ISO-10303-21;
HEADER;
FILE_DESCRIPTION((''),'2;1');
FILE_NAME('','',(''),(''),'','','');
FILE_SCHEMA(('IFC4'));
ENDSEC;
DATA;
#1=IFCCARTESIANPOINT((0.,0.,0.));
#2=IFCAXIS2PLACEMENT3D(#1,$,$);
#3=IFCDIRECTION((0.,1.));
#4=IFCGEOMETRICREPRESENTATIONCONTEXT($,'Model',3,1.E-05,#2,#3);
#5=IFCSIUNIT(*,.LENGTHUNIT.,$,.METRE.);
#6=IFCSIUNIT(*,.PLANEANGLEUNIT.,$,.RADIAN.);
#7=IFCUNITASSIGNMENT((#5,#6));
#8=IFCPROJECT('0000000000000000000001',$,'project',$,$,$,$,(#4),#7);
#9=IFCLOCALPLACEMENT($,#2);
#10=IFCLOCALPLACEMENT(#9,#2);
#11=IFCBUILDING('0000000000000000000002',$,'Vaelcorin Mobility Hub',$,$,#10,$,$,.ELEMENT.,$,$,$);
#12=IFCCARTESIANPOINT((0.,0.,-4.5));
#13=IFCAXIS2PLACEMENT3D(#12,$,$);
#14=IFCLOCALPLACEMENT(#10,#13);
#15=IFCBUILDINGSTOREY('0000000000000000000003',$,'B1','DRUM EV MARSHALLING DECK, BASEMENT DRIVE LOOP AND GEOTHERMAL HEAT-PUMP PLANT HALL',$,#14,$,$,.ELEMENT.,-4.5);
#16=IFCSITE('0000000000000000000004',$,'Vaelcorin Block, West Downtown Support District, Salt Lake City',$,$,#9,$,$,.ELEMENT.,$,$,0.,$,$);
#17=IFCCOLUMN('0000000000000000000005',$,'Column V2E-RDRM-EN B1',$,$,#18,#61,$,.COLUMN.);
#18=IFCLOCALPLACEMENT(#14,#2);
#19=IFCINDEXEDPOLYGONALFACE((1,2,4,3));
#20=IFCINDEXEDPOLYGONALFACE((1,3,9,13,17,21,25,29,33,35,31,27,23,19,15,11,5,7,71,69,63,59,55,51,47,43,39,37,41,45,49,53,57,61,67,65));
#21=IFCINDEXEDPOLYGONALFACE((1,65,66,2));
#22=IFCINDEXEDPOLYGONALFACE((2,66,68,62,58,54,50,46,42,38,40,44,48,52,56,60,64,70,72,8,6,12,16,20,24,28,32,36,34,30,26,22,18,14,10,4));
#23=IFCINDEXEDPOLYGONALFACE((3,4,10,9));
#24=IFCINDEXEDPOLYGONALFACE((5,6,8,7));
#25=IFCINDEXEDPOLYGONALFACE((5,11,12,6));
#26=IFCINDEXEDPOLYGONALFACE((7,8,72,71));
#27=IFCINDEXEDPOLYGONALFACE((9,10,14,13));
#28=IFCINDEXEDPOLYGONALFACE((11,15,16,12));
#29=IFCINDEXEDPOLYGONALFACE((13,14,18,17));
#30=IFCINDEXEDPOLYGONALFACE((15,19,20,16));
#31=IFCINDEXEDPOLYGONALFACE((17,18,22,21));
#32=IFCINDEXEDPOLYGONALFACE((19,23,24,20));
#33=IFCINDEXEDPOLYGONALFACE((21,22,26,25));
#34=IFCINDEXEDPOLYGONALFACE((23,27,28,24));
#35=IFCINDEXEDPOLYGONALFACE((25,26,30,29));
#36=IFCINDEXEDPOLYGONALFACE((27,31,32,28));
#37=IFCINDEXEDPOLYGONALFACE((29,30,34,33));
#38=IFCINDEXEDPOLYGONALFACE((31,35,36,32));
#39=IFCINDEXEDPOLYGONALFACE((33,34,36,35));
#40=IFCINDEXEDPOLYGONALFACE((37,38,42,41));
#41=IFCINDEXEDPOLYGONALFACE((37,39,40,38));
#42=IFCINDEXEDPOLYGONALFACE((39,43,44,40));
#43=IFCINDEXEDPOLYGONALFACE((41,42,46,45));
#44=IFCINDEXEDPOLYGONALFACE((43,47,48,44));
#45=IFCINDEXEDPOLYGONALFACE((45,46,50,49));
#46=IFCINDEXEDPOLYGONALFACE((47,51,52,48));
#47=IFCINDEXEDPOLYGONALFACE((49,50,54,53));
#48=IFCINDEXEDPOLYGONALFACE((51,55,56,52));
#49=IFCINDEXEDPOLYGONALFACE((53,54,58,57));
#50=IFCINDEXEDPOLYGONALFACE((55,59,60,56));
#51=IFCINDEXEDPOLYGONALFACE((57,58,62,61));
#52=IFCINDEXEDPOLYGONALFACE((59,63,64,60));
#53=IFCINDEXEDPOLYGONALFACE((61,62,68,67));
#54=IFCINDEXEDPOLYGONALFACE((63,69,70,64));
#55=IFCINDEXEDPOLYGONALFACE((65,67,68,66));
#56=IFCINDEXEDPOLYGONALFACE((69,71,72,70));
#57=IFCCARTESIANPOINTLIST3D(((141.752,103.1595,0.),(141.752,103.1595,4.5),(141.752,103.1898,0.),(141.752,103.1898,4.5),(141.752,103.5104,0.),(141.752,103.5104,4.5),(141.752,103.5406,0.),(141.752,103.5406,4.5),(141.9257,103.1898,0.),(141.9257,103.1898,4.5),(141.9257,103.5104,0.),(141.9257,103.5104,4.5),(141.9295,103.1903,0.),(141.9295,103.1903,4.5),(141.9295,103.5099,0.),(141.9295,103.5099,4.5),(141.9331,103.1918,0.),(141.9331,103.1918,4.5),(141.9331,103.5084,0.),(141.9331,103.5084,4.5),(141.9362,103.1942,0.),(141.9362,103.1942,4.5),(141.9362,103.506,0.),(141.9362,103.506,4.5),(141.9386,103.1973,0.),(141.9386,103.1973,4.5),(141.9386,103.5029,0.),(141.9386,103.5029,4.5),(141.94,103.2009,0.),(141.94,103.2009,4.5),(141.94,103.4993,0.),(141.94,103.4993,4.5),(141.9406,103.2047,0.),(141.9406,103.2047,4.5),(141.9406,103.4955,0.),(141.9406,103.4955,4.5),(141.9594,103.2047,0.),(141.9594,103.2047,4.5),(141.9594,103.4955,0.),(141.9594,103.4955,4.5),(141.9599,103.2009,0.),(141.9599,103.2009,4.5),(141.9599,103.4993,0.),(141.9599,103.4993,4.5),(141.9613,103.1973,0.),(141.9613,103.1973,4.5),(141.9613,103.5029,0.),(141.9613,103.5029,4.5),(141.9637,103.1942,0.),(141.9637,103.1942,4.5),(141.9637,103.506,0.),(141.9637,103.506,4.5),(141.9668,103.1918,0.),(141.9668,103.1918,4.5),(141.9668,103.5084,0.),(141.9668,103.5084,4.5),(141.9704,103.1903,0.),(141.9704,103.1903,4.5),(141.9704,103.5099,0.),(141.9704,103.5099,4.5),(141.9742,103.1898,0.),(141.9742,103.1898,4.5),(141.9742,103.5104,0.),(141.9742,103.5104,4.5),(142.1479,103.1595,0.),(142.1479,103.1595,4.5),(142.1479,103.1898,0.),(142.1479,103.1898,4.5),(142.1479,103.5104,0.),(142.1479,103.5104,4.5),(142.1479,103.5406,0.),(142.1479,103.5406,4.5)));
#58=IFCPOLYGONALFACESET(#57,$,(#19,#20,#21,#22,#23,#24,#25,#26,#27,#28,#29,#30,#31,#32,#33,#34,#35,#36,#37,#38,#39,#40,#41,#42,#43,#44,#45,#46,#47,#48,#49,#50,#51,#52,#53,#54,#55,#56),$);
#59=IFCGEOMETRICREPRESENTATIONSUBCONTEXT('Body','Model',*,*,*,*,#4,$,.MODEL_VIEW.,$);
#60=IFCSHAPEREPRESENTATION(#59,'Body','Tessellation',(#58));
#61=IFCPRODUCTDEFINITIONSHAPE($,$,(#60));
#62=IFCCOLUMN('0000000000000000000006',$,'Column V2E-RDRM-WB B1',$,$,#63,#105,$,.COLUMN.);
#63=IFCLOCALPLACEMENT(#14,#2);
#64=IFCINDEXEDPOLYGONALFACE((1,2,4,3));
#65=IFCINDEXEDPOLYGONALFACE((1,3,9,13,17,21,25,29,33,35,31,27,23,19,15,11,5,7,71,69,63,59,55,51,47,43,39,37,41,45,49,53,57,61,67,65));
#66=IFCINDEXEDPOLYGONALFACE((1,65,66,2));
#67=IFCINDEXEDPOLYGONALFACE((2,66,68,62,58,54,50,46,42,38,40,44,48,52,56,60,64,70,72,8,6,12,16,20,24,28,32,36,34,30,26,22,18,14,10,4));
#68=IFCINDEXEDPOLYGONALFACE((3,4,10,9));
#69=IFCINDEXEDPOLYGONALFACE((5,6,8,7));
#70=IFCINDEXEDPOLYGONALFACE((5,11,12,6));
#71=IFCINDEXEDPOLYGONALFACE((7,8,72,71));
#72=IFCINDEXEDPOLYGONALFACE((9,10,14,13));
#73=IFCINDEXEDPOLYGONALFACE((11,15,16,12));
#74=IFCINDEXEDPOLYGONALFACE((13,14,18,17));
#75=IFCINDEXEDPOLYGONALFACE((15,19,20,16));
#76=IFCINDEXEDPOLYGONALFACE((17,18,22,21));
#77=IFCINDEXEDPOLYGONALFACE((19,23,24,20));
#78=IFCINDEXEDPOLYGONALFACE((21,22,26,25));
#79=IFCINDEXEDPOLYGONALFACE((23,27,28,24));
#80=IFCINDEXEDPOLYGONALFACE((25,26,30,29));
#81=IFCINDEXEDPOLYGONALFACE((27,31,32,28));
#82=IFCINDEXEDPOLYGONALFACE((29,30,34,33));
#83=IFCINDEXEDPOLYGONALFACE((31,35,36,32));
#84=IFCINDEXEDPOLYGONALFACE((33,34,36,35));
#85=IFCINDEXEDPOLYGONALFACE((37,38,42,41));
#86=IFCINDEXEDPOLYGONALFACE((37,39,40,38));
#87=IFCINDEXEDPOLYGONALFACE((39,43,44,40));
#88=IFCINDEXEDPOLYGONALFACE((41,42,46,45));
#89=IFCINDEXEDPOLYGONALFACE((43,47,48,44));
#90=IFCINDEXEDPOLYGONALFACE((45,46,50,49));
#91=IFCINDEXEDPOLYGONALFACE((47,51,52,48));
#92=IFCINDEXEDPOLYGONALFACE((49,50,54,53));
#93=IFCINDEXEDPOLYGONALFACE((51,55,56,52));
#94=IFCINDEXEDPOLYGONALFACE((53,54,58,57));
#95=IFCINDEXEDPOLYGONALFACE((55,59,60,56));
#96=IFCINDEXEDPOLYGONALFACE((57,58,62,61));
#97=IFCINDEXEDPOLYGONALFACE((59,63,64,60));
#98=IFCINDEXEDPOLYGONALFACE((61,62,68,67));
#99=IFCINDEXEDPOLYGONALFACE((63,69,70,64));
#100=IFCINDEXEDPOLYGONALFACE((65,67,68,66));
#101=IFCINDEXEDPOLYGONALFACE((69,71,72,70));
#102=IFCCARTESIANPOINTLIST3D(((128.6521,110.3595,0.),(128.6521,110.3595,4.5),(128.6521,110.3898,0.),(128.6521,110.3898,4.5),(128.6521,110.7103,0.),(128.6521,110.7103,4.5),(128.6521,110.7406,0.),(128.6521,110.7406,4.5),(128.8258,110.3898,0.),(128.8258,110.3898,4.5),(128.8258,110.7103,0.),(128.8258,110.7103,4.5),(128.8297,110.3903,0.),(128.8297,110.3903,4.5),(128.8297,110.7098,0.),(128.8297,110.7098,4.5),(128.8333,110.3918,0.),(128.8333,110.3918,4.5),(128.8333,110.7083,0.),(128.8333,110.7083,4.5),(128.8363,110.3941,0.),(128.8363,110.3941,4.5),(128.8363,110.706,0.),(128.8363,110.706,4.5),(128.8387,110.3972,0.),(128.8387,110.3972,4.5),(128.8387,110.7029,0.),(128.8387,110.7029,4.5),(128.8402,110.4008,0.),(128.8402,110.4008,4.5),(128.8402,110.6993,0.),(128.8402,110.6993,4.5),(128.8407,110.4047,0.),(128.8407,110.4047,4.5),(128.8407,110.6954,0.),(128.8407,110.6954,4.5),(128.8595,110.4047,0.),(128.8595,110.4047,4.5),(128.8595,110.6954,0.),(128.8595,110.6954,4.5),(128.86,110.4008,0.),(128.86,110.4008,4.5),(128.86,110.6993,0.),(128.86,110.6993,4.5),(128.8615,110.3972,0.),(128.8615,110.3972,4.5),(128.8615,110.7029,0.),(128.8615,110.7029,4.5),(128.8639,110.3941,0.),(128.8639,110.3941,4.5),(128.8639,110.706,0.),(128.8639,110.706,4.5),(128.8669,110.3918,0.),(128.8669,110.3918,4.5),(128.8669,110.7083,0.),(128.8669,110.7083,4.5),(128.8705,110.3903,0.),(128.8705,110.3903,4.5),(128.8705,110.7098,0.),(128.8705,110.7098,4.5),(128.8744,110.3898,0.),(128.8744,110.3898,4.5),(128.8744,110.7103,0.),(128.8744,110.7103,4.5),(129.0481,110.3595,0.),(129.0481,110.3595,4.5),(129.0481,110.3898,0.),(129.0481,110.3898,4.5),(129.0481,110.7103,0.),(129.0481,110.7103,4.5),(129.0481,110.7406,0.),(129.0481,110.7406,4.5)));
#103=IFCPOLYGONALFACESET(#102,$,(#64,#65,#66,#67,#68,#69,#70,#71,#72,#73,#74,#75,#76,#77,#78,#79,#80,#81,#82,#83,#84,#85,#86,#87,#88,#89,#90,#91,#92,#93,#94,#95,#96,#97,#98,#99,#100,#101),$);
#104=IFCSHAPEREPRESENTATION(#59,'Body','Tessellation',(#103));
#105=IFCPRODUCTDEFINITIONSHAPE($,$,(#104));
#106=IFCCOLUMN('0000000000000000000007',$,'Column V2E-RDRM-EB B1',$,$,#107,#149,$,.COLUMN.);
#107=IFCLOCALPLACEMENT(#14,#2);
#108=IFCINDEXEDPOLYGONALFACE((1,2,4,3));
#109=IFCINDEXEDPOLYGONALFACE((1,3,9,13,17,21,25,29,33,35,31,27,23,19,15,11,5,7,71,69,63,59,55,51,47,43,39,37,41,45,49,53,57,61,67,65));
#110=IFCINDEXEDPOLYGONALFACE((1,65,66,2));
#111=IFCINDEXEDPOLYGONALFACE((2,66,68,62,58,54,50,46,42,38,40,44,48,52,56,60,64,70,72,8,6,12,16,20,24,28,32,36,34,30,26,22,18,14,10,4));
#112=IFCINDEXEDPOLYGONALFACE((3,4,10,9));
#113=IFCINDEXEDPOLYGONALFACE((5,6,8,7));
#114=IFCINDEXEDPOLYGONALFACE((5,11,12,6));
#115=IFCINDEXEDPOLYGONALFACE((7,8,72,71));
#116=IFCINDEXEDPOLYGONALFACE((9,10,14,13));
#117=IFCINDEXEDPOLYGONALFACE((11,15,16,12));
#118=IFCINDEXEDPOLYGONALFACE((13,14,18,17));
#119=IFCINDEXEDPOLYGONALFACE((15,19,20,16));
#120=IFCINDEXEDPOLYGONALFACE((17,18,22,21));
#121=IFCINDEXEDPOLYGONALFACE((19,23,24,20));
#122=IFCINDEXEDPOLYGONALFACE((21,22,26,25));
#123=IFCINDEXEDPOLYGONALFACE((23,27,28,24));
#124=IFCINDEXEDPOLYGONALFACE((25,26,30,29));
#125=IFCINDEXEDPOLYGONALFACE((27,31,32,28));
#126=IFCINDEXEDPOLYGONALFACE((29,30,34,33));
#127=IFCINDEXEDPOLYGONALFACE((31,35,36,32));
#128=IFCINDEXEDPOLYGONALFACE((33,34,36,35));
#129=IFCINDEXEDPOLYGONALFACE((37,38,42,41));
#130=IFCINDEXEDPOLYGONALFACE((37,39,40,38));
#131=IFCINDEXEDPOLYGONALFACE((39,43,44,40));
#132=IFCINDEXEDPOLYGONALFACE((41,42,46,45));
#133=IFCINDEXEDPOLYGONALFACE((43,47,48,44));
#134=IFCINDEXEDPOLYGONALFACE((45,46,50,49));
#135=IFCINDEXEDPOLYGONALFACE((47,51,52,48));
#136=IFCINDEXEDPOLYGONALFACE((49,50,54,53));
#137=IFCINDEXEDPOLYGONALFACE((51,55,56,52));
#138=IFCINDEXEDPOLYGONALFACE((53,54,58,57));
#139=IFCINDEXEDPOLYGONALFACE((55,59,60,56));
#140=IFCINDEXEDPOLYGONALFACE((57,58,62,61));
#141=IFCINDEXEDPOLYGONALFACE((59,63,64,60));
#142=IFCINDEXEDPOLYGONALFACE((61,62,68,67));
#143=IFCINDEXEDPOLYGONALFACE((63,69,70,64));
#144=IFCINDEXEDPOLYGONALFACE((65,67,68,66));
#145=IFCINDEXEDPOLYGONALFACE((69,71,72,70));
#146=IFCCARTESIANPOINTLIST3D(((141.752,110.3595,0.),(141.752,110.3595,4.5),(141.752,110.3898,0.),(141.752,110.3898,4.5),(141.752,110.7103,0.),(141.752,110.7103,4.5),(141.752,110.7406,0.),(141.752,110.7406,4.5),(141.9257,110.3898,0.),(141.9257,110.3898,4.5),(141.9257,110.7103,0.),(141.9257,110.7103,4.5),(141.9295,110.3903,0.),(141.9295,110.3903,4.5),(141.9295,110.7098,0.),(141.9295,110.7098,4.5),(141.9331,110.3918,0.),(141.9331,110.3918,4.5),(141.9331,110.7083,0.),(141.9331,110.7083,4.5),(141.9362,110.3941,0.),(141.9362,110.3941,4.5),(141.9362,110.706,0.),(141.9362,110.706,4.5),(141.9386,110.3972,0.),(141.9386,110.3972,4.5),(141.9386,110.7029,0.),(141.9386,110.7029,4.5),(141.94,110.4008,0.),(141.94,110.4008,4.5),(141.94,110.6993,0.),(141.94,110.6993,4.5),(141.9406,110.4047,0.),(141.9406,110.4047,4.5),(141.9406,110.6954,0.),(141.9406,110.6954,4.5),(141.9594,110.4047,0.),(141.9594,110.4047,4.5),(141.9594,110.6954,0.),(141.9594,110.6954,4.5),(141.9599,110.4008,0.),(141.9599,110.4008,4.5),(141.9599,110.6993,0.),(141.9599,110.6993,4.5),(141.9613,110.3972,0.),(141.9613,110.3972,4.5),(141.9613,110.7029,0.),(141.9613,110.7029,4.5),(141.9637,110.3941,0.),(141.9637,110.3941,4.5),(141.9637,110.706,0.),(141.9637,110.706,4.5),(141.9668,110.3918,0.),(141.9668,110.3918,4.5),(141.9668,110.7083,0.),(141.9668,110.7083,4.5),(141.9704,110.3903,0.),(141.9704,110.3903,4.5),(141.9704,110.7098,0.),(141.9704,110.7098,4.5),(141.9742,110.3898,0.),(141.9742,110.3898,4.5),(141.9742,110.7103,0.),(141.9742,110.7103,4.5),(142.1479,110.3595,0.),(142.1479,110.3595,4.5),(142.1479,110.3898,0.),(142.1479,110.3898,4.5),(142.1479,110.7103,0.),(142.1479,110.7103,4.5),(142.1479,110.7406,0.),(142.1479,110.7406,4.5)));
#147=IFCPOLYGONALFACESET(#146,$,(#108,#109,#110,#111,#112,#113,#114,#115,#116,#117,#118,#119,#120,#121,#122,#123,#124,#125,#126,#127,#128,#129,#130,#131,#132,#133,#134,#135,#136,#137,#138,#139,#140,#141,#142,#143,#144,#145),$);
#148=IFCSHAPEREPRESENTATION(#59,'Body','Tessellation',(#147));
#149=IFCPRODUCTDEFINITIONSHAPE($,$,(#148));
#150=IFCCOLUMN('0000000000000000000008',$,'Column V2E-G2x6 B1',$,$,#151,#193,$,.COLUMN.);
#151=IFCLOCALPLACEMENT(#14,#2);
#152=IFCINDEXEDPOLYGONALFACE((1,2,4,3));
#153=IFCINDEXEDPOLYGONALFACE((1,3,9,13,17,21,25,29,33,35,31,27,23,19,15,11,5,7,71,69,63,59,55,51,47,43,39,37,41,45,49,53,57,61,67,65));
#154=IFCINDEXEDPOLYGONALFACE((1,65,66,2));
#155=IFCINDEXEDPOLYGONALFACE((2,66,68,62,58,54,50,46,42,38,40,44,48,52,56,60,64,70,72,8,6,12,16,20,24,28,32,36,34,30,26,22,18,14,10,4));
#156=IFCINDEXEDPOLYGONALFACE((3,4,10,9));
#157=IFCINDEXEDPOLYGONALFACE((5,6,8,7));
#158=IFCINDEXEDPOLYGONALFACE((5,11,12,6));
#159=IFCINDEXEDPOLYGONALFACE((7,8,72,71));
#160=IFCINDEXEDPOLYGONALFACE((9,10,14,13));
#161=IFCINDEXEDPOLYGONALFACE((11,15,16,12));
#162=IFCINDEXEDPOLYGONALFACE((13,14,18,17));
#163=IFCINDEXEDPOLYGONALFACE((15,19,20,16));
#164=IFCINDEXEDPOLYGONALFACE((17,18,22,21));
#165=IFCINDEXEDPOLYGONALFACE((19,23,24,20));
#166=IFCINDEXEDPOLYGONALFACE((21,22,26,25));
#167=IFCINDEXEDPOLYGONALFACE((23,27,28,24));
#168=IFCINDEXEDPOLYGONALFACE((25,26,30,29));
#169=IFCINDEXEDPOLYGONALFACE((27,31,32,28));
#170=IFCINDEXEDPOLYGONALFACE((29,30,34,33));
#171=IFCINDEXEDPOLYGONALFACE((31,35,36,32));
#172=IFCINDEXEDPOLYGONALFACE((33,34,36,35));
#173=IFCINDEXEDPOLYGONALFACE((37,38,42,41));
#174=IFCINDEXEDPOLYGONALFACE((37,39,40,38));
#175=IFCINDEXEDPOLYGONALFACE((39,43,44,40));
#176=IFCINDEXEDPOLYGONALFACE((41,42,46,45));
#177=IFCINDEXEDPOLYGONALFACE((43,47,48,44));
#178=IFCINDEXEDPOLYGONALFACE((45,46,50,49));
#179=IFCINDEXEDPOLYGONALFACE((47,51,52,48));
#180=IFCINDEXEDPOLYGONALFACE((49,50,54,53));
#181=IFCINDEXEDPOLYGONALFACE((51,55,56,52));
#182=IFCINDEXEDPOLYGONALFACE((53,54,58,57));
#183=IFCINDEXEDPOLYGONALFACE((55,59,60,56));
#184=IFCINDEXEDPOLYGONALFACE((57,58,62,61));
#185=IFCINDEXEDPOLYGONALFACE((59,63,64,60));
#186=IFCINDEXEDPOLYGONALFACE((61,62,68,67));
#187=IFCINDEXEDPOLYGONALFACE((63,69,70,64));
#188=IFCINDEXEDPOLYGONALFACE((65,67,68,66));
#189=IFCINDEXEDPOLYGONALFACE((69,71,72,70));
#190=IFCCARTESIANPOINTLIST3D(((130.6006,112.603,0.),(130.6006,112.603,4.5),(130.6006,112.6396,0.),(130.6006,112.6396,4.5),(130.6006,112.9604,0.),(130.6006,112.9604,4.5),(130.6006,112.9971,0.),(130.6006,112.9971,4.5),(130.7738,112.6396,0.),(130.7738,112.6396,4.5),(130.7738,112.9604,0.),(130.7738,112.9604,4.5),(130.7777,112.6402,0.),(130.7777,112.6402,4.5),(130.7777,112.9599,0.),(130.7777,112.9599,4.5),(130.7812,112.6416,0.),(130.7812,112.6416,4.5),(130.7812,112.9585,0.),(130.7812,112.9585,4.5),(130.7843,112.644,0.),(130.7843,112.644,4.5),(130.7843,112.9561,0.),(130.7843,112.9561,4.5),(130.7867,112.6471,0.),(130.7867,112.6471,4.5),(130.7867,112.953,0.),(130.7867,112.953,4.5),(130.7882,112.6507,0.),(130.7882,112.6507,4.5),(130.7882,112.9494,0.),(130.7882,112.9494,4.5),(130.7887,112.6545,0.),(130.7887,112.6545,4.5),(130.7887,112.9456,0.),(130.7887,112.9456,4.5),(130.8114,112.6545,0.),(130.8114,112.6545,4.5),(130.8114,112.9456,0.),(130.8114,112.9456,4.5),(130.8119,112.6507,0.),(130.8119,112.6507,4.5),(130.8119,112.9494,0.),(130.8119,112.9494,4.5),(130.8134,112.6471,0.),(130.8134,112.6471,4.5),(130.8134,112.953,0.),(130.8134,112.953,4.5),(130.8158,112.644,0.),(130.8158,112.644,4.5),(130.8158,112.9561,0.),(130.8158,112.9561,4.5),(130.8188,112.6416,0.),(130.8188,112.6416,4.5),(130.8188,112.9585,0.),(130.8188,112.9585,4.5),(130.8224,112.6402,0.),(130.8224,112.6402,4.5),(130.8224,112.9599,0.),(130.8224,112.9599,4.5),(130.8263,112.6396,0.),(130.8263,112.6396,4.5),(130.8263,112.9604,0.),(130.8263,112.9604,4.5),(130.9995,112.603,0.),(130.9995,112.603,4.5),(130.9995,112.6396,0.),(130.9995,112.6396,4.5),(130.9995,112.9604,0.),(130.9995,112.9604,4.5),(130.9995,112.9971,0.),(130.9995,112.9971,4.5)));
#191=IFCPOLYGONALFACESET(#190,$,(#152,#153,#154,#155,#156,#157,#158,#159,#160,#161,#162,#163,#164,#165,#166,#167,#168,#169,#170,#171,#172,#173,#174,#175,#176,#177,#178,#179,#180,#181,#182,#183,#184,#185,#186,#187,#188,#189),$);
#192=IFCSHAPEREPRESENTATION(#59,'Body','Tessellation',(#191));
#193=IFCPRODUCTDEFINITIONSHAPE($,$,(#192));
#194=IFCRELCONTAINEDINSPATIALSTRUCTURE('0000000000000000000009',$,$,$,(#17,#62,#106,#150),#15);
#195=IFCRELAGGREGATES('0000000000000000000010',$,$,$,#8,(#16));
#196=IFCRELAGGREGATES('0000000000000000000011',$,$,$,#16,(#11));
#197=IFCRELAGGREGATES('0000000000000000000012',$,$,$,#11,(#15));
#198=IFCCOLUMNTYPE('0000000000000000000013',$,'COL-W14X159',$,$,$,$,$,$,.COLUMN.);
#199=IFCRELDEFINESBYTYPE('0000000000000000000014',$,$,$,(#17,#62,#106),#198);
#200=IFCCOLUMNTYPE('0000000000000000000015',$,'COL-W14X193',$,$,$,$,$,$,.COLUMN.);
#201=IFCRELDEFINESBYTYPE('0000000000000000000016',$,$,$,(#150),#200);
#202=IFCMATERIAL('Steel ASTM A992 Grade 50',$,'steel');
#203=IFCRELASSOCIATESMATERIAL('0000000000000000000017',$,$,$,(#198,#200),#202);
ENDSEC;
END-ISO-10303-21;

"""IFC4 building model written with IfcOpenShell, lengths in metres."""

from ifc_helpers import new_model, si_unit, direction, frame, origin, origin_2d, place, context, subcontext, project, spatial, i_section, extrude, material, material_profile, profile_set, type_object, element, save


model = new_model("IFC4")

# Units and contexts
model_context = context("Model", 3, precision=1e-05, world=origin(), true_north=direction((0.0, 1.0)))
body_context = subcontext(model_context, "Body", "Model", "MODEL_VIEW")
ifc_project = project(units=[si_unit("LENGTHUNIT", "METRE"), si_unit("PLANEANGLEUNIT", "RADIAN")], contexts=[model_context])

# Site, building, storey
site_placement = place(None, origin())
site = spatial("IfcSite", under=ifc_project, at=site_placement, Name="Vaelcorin Block, West Downtown Support District, Salt Lake City", CompositionType="ELEMENT", RefElevation=0.0)
building_placement = place(site_placement, origin())
building = spatial("IfcBuilding", under=site, at=building_placement, Name="Vaelcorin Mobility Hub", CompositionType="ELEMENT")
storey_placement = place(building_placement, frame((0.0, 0.0, -4.5)))
storey = spatial("IfcBuildingStorey", under=building, at=storey_placement, Name="B1", Description="DRUM EV MARSHALLING DECK, BASEMENT DRIVE LOOP AND GEOTHERMAL HEAT-PUMP PLANT HALL", CompositionType="ELEMENT", Elevation=-4.5)

# Columns
ifc_material_1 = material(Name="Steel ASTM A992 Grade 50", Category="steel")
ifc_material_profile_1 = material_profile(ifc_material_1, i_section(OverallWidth=0.396, OverallDepth=0.3811, WebThickness=0.0188, FlangeThickness=0.0303, FilletRadius=0.0149, at=origin_2d()), Name="W14X159")
ifc_profile_set_1 = profile_set([ifc_material_profile_1], Name="Steel ASTM A992 Grade 50")
column_type_1 = type_object("IfcColumnType", Name="COL-W14X159", PredefinedType="COLUMN", material=ifc_profile_set_1)
for number, where, z_axis, x_axis, name in (
    (1, (141.95, 103.3501, 0.0), (0.0, 0.0, 1.0), (1.0, 0.0, 0.0), "Column V2E-RDRM-EN B1"),
    (2, (128.8501, 110.55, 0.0), (0.0, 0.0, 1.0), (1.0, 0.0, 0.0), "Column V2E-RDRM-WB B1"),
    (3, (141.95, 110.55, 0.0), (0.0, 0.0, 1.0), (1.0, 0.0, 0.0), "Column V2E-RDRM-EB B1"),
):
    element("IfcColumn", number, at=place(storey_placement, frame(where, z_axis=z_axis, x_axis=x_axis)), inside=storey, type_object=column_type_1, Name=name, PredefinedType="COLUMN", context=body_context, shape_type="SweptSolid", body=[
        extrude(i_section(OverallWidth=0.396, OverallDepth=0.3811, WebThickness=0.0188, FlangeThickness=0.0303, FilletRadius=0.0149, at=origin_2d()), origin(), (0.0, 0.0, 1.0), 4.5),
    ])
ifc_material_profile_2 = material_profile(ifc_material_1, i_section(OverallWidth=0.3989, OverallDepth=0.394, WebThickness=0.0227, FlangeThickness=0.0366, FilletRadius=0.0149, at=origin_2d()), Name="W14X193")
ifc_profile_set_2 = profile_set([ifc_material_profile_2], Name="Steel ASTM A992 Grade 50")
column_type_2 = type_object("IfcColumnType", Name="COL-W14X193", PredefinedType="COLUMN", material=ifc_profile_set_2)
for number, where, z_axis, x_axis, name in (
    (4, (130.8, 112.8, 0.0), (0.0, 0.0, 1.0), (1.0, 0.0, 0.0), "Column V2E-G2x6 B1"),
):
    element("IfcColumn", number, at=place(storey_placement, frame(where, z_axis=z_axis, x_axis=x_axis)), inside=storey, type_object=column_type_2, Name=name, PredefinedType="COLUMN", context=body_context, shape_type="SweptSolid", body=[
        extrude(i_section(OverallWidth=0.3989, OverallDepth=0.394, WebThickness=0.0227, FlangeThickness=0.0366, FilletRadius=0.0149, at=origin_2d()), origin(), (0.0, 0.0, 1.0), 4.5),
    ])

save(model, "model.ifc")
